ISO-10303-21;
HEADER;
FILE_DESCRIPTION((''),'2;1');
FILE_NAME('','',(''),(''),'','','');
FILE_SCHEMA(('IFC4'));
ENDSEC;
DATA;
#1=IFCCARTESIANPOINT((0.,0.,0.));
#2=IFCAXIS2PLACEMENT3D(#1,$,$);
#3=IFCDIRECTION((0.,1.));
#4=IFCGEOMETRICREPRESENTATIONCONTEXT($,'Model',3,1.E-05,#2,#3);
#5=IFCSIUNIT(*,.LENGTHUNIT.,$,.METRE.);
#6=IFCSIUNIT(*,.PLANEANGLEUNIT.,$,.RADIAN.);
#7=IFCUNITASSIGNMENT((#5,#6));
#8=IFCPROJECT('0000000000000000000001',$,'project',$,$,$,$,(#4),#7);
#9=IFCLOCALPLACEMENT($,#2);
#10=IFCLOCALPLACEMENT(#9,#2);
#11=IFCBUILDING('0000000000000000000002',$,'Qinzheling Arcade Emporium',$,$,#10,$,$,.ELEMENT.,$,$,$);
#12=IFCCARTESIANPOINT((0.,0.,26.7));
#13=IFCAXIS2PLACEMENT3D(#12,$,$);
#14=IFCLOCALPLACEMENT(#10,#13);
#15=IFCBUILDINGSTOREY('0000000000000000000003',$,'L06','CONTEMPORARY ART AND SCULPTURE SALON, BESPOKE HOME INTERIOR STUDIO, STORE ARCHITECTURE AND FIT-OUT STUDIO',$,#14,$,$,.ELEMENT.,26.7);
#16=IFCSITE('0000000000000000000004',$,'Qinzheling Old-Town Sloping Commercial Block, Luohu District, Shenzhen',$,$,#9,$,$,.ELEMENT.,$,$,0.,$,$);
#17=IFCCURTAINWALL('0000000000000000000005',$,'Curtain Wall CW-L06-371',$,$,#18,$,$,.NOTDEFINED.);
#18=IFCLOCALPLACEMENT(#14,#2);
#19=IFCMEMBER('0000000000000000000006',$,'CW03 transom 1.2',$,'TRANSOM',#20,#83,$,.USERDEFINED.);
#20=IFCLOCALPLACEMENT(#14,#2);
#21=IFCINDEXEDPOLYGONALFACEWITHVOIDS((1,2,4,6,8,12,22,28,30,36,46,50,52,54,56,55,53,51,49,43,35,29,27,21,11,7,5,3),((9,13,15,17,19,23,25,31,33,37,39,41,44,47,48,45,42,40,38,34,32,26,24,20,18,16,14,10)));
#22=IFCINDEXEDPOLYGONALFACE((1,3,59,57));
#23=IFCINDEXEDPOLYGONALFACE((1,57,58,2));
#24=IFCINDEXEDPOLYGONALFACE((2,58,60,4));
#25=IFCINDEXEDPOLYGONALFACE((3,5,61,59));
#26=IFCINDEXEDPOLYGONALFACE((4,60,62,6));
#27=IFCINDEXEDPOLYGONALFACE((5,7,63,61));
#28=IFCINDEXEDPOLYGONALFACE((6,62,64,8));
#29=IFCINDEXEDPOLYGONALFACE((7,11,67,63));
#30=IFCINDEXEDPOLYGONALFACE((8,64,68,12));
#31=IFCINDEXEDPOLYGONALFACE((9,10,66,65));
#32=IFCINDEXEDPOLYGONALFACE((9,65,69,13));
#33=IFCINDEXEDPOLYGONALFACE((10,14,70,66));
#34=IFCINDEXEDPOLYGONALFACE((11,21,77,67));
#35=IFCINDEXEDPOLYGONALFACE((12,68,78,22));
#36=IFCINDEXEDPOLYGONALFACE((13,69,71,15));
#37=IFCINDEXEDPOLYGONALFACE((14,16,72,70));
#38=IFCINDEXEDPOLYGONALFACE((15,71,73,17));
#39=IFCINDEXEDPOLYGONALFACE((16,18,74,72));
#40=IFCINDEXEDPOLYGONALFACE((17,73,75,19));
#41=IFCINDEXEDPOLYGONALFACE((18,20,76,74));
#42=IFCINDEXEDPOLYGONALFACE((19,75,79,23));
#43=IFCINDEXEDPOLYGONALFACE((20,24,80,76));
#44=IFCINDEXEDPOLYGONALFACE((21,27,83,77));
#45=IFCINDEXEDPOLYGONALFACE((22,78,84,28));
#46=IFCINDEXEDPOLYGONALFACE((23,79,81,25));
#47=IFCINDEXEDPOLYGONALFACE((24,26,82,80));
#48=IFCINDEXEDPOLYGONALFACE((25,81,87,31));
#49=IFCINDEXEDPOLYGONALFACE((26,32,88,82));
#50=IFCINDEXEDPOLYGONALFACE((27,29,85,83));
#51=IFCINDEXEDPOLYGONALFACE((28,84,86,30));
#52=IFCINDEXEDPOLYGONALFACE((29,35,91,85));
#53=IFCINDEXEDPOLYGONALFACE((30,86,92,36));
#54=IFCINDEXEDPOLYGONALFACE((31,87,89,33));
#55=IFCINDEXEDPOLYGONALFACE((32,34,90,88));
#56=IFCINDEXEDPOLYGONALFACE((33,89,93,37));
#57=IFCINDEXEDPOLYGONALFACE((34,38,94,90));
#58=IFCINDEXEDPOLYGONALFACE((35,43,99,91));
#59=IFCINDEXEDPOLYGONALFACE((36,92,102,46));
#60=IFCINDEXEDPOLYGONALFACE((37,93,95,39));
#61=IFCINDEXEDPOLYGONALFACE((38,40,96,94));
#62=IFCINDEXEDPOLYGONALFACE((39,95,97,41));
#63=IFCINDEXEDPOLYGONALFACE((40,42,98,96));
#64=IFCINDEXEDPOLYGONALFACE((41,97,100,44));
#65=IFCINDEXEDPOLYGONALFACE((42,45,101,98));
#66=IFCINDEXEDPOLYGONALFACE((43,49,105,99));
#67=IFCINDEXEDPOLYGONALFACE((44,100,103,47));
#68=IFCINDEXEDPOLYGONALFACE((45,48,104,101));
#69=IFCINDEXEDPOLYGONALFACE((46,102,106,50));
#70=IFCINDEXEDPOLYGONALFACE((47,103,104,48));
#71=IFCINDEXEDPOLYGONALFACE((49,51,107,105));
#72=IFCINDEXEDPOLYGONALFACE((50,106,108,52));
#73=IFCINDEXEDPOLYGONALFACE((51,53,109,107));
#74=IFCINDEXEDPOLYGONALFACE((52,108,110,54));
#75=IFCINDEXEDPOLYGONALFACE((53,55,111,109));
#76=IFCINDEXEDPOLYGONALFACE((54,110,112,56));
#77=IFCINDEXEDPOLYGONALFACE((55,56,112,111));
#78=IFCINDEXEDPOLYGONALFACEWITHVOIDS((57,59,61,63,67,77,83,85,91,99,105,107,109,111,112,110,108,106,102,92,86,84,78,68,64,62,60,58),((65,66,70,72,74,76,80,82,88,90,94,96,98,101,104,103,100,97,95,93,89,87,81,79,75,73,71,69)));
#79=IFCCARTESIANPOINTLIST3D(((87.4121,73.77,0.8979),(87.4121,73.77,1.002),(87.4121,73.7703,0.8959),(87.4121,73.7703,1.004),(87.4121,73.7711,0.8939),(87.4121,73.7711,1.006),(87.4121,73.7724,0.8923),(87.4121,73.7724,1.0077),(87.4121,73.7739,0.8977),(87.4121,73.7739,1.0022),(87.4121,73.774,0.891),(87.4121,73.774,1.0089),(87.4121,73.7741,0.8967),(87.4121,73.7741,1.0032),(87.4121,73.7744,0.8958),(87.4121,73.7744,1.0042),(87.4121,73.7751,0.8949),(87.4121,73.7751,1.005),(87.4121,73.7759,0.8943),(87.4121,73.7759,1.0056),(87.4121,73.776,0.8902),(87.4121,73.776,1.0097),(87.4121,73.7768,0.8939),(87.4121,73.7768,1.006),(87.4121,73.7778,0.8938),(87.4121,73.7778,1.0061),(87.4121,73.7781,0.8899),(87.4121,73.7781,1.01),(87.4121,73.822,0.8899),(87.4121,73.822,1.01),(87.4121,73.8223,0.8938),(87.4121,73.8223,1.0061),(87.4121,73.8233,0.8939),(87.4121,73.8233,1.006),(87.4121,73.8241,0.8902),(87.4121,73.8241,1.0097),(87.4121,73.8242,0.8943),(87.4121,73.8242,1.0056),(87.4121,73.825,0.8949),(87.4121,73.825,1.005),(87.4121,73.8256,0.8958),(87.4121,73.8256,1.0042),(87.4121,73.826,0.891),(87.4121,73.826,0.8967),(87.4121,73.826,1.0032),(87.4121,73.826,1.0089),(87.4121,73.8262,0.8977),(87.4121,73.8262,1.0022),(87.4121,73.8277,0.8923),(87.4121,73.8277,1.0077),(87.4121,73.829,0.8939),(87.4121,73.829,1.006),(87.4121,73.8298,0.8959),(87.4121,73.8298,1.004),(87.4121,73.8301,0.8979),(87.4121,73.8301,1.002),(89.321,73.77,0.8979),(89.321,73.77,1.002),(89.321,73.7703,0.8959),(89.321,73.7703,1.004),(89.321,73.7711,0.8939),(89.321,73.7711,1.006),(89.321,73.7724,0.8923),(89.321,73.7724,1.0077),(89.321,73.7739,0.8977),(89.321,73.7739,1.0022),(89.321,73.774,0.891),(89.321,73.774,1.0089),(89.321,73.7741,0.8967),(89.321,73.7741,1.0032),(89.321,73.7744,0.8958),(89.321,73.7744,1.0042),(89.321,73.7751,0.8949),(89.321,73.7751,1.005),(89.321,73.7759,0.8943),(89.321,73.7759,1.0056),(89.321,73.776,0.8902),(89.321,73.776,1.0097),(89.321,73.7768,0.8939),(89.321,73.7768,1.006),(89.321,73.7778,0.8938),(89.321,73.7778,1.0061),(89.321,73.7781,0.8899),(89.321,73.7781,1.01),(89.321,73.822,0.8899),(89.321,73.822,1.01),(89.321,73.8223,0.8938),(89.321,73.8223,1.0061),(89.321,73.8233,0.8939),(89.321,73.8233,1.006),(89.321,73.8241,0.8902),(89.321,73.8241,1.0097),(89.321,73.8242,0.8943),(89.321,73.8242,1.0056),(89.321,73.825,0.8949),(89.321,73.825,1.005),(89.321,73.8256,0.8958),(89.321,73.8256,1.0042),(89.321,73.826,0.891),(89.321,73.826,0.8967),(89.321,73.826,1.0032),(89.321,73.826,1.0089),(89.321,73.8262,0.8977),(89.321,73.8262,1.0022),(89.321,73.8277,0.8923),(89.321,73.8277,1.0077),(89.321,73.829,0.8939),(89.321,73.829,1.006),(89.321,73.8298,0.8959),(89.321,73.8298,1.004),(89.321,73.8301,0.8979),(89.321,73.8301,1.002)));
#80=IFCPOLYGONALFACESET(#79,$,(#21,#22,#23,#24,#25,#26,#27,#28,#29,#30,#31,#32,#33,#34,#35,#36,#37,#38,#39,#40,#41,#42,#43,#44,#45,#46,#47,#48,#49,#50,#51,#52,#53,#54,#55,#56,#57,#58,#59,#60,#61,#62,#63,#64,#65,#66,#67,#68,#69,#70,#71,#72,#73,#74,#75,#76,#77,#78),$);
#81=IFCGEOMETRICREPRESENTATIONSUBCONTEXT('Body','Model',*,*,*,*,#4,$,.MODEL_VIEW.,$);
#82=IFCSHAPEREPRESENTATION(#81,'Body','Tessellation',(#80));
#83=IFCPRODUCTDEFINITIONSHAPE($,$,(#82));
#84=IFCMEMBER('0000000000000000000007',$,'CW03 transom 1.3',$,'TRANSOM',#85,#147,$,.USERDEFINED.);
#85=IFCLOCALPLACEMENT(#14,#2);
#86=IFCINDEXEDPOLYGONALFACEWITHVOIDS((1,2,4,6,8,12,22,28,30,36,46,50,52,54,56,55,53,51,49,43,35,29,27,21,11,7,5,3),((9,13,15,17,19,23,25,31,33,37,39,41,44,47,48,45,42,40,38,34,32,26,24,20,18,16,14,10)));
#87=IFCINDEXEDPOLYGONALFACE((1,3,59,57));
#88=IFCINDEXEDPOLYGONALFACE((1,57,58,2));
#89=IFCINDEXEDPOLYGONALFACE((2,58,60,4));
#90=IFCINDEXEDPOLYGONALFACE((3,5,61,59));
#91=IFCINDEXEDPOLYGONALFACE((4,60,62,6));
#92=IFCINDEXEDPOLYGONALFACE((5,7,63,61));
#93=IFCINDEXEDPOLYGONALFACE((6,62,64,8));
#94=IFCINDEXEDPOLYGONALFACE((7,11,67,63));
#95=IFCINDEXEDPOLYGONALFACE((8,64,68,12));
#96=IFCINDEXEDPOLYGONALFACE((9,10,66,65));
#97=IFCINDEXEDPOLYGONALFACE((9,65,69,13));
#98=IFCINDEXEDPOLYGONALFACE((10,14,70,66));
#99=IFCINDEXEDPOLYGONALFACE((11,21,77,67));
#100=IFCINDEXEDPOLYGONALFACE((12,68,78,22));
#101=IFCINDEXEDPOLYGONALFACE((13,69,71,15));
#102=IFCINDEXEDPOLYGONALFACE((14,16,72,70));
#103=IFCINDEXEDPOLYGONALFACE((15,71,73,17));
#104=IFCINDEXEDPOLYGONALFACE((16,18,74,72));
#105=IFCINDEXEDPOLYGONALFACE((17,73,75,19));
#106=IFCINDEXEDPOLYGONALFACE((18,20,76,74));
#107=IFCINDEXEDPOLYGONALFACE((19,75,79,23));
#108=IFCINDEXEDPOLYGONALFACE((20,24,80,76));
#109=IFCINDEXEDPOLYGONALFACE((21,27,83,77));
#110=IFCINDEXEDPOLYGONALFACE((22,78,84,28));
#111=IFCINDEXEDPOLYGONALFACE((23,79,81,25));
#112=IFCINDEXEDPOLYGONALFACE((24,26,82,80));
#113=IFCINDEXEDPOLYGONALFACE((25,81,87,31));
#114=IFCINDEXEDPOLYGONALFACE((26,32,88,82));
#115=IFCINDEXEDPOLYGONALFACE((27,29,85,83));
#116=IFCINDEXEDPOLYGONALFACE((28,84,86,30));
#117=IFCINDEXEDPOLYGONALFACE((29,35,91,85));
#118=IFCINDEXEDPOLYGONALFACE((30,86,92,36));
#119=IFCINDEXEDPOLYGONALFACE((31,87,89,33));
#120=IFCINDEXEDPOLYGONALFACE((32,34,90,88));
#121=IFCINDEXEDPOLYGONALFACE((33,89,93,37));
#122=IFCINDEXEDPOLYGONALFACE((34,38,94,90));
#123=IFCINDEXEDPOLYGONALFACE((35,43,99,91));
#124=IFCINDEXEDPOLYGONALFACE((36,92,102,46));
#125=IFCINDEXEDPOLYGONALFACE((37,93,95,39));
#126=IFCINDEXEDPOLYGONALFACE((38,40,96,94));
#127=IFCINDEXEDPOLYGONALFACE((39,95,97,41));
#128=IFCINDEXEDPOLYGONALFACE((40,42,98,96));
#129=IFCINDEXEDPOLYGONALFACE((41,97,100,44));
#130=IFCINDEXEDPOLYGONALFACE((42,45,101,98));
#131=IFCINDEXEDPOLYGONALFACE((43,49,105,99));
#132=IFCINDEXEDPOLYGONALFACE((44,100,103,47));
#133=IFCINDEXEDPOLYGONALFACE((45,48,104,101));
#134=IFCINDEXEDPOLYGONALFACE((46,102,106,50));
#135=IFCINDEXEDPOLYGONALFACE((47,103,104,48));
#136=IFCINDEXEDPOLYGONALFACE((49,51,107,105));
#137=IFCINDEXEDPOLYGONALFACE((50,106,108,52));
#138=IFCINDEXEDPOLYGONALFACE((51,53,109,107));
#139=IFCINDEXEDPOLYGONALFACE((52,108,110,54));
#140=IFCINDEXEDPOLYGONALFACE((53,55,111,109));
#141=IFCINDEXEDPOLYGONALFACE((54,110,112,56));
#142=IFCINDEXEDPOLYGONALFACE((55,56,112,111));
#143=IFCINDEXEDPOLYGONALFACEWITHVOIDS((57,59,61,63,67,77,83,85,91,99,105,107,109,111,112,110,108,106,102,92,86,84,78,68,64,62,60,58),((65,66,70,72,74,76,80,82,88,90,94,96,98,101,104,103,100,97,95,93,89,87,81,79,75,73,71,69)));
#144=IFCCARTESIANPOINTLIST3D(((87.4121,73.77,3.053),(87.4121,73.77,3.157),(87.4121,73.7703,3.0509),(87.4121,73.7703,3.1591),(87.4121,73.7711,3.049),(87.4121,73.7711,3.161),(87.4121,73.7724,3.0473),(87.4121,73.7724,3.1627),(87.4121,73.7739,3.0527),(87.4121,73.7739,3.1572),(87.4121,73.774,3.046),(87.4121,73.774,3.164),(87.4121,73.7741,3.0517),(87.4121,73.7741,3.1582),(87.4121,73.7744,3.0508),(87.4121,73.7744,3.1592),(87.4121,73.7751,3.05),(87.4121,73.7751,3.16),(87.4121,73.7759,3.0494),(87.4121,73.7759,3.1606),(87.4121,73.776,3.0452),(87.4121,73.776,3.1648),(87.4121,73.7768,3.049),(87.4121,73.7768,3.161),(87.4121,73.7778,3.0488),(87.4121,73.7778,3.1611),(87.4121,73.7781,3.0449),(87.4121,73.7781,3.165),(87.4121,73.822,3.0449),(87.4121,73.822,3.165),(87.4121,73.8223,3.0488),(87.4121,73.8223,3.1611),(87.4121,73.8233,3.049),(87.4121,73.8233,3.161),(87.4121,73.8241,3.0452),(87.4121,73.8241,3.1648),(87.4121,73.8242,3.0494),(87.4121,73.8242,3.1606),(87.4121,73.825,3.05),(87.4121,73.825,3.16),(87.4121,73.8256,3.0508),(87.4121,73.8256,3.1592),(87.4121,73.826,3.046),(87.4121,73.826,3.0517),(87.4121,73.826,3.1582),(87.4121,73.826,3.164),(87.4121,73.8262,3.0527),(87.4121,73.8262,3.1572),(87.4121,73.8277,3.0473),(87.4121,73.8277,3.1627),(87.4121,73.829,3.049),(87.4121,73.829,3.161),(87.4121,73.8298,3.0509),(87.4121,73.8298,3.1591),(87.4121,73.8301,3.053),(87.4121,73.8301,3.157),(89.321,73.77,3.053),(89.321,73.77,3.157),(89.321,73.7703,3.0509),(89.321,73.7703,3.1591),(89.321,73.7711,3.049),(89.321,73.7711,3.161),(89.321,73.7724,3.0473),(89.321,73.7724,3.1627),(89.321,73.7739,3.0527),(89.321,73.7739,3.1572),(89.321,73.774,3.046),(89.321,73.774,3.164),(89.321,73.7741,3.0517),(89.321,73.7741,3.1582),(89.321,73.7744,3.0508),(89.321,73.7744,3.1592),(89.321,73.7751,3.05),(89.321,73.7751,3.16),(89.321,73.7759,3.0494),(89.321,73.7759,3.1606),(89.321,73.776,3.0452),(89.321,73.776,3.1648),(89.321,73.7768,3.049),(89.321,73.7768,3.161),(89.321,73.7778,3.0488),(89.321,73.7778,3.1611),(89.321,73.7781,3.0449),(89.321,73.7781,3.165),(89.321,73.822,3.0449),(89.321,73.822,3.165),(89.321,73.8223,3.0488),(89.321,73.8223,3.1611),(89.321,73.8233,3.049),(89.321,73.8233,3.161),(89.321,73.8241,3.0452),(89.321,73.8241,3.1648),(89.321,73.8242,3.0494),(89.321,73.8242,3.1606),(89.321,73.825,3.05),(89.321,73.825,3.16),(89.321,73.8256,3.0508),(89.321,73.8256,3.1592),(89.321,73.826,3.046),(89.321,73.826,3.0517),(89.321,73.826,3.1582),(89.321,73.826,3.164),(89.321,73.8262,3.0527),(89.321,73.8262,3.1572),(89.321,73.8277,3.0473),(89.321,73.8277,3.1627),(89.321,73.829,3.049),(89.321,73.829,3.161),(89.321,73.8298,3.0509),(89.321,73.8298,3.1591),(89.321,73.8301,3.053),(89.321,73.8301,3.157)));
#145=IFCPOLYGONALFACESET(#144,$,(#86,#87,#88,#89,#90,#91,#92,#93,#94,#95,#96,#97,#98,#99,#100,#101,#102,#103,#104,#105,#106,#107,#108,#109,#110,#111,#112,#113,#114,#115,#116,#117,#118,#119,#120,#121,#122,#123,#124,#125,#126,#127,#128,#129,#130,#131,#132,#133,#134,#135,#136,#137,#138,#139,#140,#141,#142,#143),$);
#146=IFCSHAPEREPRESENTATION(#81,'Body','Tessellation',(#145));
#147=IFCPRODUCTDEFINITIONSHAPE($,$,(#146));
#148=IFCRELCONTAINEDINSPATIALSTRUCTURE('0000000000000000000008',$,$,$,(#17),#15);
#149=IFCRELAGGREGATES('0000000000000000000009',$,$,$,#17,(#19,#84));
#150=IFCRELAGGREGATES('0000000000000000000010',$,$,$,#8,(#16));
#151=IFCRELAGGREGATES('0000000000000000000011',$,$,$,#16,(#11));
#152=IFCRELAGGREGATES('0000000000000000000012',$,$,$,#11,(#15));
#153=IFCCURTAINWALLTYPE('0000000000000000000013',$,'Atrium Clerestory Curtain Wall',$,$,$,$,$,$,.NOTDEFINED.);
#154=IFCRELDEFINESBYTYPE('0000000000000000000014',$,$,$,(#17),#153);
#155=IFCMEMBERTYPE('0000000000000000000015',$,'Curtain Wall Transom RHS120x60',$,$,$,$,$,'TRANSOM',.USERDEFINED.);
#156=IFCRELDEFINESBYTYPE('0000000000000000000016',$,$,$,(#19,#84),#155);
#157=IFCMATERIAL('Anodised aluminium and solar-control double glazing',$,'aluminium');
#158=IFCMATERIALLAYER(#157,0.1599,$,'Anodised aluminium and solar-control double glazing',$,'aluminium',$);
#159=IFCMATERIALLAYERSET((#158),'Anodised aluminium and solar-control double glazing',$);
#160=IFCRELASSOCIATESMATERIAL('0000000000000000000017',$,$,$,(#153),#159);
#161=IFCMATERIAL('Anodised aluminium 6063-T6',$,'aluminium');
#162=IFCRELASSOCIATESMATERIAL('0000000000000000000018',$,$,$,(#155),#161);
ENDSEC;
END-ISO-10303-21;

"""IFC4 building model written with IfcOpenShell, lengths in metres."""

from ifc_helpers import new_model, si_unit, direction, frame, origin, origin_2d, place, context, subcontext, project, spatial, hollow_rectangle, extrude, material, layer, layer_set, material_profile, profile_set, type_object, element, aggregate, save


model = new_model("IFC4")

# Units and contexts
model_context = context("Model", 3, precision=1e-05, world=origin(), true_north=direction((0.0, 1.0)))
body_context = subcontext(model_context, "Body", "Model", "MODEL_VIEW")
ifc_project = project(units=[si_unit("LENGTHUNIT", "METRE"), si_unit("PLANEANGLEUNIT", "RADIAN")], contexts=[model_context])

# Site, building, storey
site_placement = place(None, origin())
site = spatial("IfcSite", under=ifc_project, at=site_placement, Name="Qinzheling Old-Town Sloping Commercial Block, Luohu District, Shenzhen", CompositionType="ELEMENT", RefElevation=0.0)
building_placement = place(site_placement, origin())
building = spatial("IfcBuilding", under=site, at=building_placement, Name="Qinzheling Arcade Emporium", CompositionType="ELEMENT")
storey_placement = place(building_placement, frame((0.0, 0.0, 26.7)))
storey = spatial("IfcBuildingStorey", under=building, at=storey_placement, Name="L06", Description="CONTEMPORARY ART AND SCULPTURE SALON, BESPOKE HOME INTERIOR STUDIO, STORE ARCHITECTURE AND FIT-OUT STUDIO", CompositionType="ELEMENT", Elevation=26.7)

# Shared definitions
ifc_material_1 = material(Name="Anodised aluminium and solar-control double glazing", Category="aluminium")
ifc_layer_1 = layer(ifc_material_1, 0.1599, Name="Anodised aluminium and solar-control double glazing", Category="aluminium")
ifc_layer_set_1 = layer_set([ifc_layer_1], Name="Anodised aluminium and solar-control double glazing")
curtain_wall_type = type_object("IfcCurtainWallType", Name="Atrium Clerestory Curtain Wall", PredefinedType="NOTDEFINED", material=ifc_layer_set_1)
ifc_material_2 = material(Name="Anodised aluminium 6063-T6", Category="aluminium")

# Curtain wall
curtain_wall_1_placement = place(storey_placement, origin())
curtain_wall_1 = element("IfcCurtainWall", 1, at=curtain_wall_1_placement, inside=storey, type_object=curtain_wall_type, Name="Curtain Wall CW-L06-371", PredefinedType="NOTDEFINED")

# Members
ifc_material_profile_1 = material_profile(ifc_material_2, hollow_rectangle(XDim=0.0601, YDim=0.1201, WallThickness=0.0039, InnerFilletRadius=0.0039, OuterFilletRadius=0.0081, at=origin_2d()), Name="RHS 120x60x4", Category="aluminium")
ifc_profile_set_1 = profile_set([ifc_material_profile_1], Name="Anodised aluminium 6063-T6")
member_type_1 = type_object("IfcMemberType", Name="Curtain Wall Transom RHS120x60", ElementType="TRANSOM", PredefinedType="USERDEFINED", material=ifc_profile_set_1)
member_1_placement = place(storey_placement, frame((87.4121, 73.8, 0.95), z_axis=(1.0, 0.0, 0.0), x_axis=(0.0, 1.0, 0.0)))
member_1 = element("IfcMember", 2, at=member_1_placement, type_object=member_type_1, Name="CW03 transom 1.2", ObjectType="TRANSOM", PredefinedType="USERDEFINED", context=body_context, shape_type="SweptSolid", body=[
    extrude(hollow_rectangle(XDim=0.0601, YDim=0.1201, WallThickness=0.0039, InnerFilletRadius=0.0039, OuterFilletRadius=0.0081, at=origin_2d()), origin(), (0.0, 0.0, 1.0), 1.9089),
])
member_2_placement = place(storey_placement, frame((87.4121, 73.8, 3.105), z_axis=(1.0, 0.0, 0.0), x_axis=(0.0, 1.0, 0.0)))
member_2 = element("IfcMember", 3, at=member_2_placement, type_object=member_type_1, Name="CW03 transom 1.3", ObjectType="TRANSOM", PredefinedType="USERDEFINED", context=body_context, shape_type="SweptSolid", body=[
    extrude(hollow_rectangle(XDim=0.0601, YDim=0.1201, WallThickness=0.0039, InnerFilletRadius=0.0039, OuterFilletRadius=0.0081, at=origin_2d()), origin(), (0.0, 0.0, 1.0), 1.9089),
])

aggregate(curtain_wall_1, [member_1, member_2])

save(model, "model.ifc")
